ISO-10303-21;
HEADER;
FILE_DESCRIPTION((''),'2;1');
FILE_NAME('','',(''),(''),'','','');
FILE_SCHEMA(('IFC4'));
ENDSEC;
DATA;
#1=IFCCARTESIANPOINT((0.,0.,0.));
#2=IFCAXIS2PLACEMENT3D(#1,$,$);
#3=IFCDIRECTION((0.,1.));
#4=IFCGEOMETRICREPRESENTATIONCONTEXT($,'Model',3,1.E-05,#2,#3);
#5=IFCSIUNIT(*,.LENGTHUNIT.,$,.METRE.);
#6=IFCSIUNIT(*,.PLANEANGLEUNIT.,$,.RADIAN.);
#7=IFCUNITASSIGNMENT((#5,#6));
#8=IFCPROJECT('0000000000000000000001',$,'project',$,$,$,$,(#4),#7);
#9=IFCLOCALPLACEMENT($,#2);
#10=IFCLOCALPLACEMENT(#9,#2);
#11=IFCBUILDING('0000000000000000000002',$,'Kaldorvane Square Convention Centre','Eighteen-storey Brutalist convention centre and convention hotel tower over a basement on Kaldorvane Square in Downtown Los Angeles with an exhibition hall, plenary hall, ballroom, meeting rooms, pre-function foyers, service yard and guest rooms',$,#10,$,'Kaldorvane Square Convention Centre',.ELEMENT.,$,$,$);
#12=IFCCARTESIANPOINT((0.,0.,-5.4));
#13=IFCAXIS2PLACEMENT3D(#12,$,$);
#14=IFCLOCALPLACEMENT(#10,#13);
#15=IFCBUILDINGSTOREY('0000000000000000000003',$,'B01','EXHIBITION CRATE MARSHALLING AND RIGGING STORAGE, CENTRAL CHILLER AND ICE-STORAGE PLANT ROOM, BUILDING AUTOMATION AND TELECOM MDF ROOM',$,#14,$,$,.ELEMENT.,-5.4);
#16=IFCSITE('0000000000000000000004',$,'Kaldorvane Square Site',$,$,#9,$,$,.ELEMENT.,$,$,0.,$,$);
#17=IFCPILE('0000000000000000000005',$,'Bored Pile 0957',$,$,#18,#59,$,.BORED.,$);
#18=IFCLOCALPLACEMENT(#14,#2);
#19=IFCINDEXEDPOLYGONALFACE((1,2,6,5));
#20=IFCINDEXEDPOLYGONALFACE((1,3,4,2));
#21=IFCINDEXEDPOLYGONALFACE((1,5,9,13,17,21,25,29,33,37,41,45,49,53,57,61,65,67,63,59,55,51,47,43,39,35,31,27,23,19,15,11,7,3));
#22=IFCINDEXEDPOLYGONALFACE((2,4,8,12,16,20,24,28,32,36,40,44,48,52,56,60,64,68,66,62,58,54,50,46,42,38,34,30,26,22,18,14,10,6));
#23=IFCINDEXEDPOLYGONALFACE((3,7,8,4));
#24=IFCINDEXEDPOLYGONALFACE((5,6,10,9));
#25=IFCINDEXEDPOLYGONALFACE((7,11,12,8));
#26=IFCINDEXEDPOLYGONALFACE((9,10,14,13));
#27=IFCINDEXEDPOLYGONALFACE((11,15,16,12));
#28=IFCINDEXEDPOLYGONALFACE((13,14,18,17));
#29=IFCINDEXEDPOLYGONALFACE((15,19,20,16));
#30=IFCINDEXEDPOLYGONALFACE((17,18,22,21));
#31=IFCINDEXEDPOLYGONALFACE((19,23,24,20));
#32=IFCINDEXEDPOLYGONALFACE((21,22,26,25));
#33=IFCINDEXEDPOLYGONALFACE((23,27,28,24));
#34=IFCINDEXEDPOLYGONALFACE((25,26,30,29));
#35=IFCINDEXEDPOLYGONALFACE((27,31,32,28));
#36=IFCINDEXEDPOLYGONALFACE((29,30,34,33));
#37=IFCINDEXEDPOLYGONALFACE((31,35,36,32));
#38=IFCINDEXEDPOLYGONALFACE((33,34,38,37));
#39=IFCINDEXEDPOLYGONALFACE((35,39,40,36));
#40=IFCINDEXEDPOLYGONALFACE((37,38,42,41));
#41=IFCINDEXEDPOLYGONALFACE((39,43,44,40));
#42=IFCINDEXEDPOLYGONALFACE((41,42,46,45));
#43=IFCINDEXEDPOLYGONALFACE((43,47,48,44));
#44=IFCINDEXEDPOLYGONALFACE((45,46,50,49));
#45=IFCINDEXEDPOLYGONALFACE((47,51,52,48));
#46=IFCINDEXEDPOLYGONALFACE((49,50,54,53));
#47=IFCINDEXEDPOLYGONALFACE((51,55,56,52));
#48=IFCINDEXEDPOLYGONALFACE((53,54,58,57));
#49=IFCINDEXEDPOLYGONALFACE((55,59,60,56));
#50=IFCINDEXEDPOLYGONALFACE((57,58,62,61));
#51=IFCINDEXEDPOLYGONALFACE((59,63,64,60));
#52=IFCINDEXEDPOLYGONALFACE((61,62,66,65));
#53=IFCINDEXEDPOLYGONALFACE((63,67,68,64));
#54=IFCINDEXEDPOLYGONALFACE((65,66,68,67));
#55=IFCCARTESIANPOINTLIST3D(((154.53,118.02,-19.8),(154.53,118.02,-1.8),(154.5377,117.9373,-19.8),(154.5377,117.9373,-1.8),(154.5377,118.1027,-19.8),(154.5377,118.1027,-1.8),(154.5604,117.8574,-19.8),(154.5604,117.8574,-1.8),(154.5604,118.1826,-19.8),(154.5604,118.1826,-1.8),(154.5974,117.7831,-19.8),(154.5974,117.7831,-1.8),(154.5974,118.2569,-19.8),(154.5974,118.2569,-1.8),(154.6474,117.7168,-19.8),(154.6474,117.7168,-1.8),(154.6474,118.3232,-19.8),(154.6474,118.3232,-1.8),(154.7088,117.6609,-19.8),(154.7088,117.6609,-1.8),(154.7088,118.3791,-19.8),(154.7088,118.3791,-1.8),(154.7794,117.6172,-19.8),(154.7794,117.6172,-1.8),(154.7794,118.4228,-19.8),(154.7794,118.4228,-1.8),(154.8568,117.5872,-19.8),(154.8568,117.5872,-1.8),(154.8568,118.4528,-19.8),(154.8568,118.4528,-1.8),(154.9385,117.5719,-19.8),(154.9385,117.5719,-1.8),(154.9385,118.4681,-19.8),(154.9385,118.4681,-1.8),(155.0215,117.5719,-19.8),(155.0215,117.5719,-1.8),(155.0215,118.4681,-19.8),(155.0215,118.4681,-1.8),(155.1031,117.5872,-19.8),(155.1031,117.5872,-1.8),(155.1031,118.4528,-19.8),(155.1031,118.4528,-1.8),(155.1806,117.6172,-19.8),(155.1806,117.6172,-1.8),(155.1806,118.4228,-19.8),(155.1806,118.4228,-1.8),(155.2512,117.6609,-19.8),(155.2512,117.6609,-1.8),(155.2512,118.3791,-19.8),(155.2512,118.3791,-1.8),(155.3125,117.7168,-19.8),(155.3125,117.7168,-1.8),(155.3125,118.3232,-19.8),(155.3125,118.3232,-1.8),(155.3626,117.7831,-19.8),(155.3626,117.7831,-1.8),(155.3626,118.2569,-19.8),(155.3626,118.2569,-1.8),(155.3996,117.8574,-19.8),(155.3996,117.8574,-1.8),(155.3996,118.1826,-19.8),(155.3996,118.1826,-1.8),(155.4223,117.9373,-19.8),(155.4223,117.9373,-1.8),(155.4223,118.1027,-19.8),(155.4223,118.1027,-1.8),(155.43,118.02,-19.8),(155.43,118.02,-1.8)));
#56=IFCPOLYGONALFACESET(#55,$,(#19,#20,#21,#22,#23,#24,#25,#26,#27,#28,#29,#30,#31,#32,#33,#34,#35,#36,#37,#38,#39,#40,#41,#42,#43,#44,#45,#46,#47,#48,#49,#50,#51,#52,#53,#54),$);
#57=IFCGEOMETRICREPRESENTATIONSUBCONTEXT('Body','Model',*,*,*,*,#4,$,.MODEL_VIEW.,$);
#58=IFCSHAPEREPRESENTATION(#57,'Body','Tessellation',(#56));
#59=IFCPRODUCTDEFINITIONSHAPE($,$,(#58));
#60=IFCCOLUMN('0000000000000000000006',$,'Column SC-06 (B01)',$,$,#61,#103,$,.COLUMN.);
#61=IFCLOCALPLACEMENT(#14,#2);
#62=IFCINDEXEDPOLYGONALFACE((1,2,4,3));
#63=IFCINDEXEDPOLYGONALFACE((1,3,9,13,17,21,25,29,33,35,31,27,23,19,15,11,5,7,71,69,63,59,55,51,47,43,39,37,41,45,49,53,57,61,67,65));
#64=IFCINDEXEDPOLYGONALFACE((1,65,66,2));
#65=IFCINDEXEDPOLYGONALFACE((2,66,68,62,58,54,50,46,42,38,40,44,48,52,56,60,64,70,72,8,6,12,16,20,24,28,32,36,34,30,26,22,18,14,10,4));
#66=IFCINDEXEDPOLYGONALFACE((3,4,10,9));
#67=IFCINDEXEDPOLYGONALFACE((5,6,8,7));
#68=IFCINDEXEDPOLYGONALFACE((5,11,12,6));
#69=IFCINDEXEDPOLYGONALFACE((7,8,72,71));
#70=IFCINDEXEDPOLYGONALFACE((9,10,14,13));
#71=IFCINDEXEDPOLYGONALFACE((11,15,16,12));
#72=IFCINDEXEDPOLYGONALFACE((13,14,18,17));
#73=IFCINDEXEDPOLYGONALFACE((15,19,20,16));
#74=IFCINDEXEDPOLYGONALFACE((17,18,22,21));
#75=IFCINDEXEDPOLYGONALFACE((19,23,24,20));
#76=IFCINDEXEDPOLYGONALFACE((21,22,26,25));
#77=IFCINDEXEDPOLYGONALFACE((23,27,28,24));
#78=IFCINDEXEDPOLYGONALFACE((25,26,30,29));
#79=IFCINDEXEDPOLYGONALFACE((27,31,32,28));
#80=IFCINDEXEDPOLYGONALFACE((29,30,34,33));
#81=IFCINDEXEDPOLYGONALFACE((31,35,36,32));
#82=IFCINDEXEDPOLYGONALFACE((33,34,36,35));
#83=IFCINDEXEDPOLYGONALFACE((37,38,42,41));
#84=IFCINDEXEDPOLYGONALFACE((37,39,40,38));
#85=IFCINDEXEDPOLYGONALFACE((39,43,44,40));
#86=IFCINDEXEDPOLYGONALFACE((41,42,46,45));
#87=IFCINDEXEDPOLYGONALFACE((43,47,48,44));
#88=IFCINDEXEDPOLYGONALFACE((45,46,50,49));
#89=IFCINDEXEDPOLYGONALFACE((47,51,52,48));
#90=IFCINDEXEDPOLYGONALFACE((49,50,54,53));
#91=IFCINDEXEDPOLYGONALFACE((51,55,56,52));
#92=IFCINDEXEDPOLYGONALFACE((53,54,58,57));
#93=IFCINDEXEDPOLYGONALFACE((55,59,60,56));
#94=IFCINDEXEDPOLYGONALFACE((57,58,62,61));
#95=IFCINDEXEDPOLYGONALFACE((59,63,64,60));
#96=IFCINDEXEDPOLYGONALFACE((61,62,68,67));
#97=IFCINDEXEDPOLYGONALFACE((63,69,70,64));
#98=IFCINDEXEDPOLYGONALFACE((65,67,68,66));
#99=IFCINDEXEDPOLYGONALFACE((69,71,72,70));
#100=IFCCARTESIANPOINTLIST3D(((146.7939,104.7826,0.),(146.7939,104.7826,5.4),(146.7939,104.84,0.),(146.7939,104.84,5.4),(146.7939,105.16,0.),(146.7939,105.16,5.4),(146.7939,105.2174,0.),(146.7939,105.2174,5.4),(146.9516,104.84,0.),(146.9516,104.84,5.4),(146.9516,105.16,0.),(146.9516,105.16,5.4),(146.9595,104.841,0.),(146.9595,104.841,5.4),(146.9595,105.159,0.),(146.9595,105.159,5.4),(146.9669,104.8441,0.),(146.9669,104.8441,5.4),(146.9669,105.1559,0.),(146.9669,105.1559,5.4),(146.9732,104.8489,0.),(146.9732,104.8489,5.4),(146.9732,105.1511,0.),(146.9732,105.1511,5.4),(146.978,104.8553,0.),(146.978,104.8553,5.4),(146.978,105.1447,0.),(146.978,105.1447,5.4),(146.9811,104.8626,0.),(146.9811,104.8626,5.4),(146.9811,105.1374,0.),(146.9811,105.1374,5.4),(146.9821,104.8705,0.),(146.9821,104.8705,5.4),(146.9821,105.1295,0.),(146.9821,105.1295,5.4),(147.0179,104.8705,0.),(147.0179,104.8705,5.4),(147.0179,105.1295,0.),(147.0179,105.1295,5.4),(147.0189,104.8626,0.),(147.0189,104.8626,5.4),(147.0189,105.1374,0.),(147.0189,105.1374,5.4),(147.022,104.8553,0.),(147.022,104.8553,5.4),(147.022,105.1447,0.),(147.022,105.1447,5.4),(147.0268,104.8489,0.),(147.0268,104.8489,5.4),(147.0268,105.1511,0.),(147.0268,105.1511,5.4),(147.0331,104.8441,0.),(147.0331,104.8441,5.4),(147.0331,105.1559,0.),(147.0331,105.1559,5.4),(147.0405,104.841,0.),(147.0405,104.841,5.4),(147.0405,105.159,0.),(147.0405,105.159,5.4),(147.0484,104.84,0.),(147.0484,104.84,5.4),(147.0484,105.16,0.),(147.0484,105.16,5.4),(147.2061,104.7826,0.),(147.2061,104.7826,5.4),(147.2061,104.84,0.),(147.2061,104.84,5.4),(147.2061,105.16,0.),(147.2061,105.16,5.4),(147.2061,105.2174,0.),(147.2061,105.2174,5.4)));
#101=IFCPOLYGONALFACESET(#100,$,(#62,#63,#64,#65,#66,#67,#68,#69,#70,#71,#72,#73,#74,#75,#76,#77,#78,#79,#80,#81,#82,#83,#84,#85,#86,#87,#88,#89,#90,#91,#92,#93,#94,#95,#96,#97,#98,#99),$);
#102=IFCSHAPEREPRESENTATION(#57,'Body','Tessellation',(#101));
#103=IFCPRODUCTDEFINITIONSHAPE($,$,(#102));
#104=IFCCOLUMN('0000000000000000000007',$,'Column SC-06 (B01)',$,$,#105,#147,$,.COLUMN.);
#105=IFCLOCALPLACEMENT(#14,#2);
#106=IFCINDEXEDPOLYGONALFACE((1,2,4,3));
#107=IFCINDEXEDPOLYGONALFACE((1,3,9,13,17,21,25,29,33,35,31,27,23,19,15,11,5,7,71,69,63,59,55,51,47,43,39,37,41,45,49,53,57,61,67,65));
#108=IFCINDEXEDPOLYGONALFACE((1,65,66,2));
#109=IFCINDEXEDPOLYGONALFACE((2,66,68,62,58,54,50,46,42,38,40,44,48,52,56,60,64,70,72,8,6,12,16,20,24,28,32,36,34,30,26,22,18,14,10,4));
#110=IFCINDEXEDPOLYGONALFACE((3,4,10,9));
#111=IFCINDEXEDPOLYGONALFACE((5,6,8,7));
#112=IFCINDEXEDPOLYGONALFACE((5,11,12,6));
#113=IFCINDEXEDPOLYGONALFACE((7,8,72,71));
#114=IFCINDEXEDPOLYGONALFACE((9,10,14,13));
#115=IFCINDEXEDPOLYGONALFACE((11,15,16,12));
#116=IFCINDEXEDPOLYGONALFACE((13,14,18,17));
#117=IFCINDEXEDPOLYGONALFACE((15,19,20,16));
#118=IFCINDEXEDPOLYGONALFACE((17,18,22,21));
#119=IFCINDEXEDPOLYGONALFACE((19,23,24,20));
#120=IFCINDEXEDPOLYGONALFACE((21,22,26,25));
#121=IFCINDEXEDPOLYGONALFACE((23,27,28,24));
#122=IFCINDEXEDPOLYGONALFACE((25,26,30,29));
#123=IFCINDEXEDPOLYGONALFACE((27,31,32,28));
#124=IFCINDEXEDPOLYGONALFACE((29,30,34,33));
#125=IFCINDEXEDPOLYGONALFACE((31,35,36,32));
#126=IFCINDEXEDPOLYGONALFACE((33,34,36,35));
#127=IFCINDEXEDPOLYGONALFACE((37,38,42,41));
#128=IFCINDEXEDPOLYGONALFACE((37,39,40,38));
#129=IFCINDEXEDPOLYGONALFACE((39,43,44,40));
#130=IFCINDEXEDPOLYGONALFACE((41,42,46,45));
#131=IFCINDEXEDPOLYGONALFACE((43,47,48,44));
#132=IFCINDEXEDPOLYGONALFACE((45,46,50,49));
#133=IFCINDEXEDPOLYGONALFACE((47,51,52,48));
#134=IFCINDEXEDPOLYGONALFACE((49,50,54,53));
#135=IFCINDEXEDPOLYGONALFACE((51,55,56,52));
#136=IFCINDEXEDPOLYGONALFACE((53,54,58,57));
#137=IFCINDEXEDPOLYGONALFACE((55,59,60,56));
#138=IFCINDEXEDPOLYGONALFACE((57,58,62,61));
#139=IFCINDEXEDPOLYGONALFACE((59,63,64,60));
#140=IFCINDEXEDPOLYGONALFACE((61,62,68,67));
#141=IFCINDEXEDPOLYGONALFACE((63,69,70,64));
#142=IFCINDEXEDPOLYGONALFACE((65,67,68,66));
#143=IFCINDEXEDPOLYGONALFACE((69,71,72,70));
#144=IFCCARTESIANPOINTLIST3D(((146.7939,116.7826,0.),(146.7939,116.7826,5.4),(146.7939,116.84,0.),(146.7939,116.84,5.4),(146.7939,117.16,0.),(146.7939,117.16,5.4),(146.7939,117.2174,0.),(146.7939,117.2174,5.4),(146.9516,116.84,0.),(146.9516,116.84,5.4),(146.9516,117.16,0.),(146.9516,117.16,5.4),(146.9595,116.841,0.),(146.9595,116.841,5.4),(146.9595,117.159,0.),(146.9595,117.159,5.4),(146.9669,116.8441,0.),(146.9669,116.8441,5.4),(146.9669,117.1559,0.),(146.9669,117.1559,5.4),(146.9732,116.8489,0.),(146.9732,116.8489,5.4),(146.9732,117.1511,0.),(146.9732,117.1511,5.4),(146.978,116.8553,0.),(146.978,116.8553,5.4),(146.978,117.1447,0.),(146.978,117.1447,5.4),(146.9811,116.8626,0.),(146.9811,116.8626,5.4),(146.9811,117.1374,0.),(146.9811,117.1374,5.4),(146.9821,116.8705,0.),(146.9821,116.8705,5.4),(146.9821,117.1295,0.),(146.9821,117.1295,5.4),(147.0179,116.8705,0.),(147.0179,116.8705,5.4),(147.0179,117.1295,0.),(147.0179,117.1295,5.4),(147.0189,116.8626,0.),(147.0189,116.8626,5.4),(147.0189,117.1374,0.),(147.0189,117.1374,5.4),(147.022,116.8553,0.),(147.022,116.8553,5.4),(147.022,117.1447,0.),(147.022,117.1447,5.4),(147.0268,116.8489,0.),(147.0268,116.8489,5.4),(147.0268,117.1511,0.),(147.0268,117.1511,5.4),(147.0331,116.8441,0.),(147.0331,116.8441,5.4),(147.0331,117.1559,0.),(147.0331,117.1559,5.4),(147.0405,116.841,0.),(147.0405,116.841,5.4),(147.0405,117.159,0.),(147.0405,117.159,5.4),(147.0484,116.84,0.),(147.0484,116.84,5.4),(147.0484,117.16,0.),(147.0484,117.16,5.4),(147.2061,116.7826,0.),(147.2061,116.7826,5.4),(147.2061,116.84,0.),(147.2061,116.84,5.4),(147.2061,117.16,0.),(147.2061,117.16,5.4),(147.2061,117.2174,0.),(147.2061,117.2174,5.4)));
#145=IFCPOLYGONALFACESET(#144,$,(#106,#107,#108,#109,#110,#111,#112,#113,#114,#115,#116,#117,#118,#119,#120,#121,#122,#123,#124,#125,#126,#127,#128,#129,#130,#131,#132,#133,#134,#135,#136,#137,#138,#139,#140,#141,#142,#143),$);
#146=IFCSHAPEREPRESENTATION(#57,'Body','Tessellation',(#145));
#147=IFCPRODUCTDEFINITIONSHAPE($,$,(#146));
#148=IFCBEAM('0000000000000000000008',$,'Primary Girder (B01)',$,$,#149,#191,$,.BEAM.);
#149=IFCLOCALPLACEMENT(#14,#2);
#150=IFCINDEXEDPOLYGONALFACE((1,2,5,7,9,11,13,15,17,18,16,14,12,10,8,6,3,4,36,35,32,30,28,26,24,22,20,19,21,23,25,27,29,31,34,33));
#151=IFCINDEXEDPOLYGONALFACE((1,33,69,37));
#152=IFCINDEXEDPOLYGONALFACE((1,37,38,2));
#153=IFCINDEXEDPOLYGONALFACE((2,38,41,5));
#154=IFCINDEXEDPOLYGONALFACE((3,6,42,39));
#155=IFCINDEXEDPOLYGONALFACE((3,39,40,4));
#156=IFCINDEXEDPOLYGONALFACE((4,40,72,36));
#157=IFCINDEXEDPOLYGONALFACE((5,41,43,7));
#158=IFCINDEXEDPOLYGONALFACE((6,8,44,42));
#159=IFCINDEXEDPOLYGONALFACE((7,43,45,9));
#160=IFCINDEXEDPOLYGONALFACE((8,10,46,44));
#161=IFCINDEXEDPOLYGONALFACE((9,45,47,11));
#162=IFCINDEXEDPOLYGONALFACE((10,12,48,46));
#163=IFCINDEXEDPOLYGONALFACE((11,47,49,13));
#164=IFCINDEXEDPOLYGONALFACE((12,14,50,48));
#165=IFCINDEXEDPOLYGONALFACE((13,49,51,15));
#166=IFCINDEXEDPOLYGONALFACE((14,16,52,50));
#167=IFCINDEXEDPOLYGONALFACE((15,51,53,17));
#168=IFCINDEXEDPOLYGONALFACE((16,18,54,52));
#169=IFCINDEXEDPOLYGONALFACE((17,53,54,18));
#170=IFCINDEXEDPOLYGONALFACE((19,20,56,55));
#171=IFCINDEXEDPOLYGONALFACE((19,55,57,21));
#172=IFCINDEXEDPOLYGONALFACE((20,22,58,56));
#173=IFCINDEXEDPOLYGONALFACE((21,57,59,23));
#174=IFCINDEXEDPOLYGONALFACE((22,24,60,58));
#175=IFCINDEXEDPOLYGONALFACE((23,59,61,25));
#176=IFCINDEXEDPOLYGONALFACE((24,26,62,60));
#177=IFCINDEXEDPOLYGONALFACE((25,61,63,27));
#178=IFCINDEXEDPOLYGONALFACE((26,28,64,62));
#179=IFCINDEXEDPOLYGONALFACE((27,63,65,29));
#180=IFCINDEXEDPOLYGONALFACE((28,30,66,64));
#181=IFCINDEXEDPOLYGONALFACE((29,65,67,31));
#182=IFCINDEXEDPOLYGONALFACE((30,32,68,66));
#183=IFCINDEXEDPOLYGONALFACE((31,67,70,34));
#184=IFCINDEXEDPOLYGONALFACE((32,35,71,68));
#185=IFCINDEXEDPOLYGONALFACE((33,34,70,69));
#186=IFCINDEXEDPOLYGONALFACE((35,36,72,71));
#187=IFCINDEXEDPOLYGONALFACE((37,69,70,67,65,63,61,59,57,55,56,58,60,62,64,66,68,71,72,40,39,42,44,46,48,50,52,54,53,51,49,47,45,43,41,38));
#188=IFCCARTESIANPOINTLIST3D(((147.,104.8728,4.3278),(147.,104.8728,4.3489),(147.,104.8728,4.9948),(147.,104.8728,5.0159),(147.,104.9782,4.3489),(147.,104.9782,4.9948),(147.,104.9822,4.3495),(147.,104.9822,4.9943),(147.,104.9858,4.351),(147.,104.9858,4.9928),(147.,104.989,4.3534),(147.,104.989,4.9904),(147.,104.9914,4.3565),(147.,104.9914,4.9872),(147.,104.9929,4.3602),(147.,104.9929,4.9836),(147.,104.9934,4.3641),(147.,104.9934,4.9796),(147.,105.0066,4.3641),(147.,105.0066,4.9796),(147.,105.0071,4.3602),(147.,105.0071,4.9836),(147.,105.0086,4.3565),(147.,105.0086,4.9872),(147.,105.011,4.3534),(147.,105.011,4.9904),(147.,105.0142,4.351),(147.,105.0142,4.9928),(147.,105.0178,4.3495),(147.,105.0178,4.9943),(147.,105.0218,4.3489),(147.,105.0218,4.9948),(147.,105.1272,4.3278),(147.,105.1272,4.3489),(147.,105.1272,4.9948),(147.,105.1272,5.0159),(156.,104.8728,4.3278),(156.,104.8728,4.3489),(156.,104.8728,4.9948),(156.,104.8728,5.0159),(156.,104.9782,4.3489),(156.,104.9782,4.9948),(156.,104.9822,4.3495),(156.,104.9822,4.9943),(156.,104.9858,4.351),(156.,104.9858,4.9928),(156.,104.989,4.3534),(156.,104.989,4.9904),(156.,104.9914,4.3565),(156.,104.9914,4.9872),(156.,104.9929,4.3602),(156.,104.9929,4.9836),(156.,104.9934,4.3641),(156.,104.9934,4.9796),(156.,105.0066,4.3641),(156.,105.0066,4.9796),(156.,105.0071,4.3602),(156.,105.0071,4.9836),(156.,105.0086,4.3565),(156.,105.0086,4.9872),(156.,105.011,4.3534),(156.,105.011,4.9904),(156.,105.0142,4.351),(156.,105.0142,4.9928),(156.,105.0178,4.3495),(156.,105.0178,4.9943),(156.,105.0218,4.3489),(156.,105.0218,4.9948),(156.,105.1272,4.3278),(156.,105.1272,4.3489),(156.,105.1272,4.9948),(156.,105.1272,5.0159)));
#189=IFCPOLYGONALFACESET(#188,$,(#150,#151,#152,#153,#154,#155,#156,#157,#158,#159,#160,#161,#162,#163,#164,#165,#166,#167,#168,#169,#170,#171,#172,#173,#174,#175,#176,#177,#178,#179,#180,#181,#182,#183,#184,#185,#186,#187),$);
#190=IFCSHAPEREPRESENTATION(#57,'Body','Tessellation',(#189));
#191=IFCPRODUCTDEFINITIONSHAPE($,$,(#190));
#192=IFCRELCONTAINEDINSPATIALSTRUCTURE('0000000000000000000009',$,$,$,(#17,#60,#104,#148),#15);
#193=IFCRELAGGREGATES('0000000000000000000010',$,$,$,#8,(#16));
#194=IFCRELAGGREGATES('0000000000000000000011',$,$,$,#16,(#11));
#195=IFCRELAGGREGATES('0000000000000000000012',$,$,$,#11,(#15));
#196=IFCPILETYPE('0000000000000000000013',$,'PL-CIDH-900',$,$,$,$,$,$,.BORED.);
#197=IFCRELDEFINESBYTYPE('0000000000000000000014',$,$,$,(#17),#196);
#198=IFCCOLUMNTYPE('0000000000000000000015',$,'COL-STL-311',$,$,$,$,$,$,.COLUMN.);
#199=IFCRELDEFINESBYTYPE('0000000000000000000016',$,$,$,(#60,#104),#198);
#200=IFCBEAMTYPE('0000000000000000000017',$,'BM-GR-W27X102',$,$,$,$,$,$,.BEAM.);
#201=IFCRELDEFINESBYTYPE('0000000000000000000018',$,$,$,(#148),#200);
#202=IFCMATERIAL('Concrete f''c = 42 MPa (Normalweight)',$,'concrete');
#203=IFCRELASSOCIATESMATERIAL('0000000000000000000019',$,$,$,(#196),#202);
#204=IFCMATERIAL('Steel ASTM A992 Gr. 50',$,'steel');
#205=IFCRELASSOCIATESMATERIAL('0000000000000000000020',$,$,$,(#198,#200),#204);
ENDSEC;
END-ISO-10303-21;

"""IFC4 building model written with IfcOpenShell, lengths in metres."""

from ifc_helpers import new_model, si_unit, direction, frame, origin, origin_2d, place, context, subcontext, project, spatial, circle, i_section, extrude, material, material_profile, profile_set, type_object, element, save


model = new_model("IFC4")

# Units and contexts
model_context = context("Model", 3, precision=1e-05, world=origin(), true_north=direction((0.0, 1.0)))
body_context = subcontext(model_context, "Body", "Model", "MODEL_VIEW")
ifc_project = project(units=[si_unit("LENGTHUNIT", "METRE"), si_unit("PLANEANGLEUNIT", "RADIAN")], contexts=[model_context])

# Site, building, storey
site_placement = place(None, origin())
site = spatial("IfcSite", under=ifc_project, at=site_placement, Name="Kaldorvane Square Site", CompositionType="ELEMENT", RefElevation=0.0)
building_placement = place(site_placement, origin())
building = spatial("IfcBuilding", under=site, at=building_placement, Name="Kaldorvane Square Convention Centre", Description="Eighteen-storey Brutalist convention centre and convention hotel tower over a basement on Kaldorvane Square in Downtown Los Angeles with an exhibition hall, plenary hall, ballroom, meeting rooms, pre-function foyers, service yard and guest rooms", LongName="Kaldorvane Square Convention Centre", CompositionType="ELEMENT")
storey_placement = place(building_placement, frame((0.0, 0.0, -5.4)))
storey = spatial("IfcBuildingStorey", under=building, at=storey_placement, Name="B01", Description="EXHIBITION CRATE MARSHALLING AND RIGGING STORAGE, CENTRAL CHILLER AND ICE-STORAGE PLANT ROOM, BUILDING AUTOMATION AND TELECOM MDF ROOM", CompositionType="ELEMENT", Elevation=-5.4)

# Shared definitions
ifc_material_1 = material(Name="Concrete f'c = 42 MPa (Normalweight)", Category="concrete")

# Pile
ifc_material_profile_1 = material_profile(ifc_material_1, circle(Radius=0.45, at=origin_2d()), Name="PILE-D900")
ifc_profile_set_1 = profile_set([ifc_material_profile_1], Name="Concrete f'c = 42 MPa (Normalweight)")
pile_type = type_object("IfcPileType", Name="PL-CIDH-900", PredefinedType="BORED", material=ifc_profile_set_1)
for number, where, z_axis, x_axis, name in (
    (1, (154.98, 118.02, -1.8), (0.0, 0.0, -1.0), (1.0, 0.0, 0.0), "Bored Pile 0957"),
):
    element("IfcPile", number, at=place(storey_placement, frame(where, z_axis=z_axis, x_axis=x_axis)), inside=storey, type_object=pile_type, Name=name, PredefinedType="BORED", context=body_context, shape_type="SweptSolid", body=[
        extrude(circle(Radius=0.45, at=origin_2d()), origin(), (0.0, 0.0, 1.0), 18.0),
    ])

# Columns
ifc_material_2 = material(Name="Steel ASTM A992 Gr. 50", Category="steel")
ifc_material_profile_2 = material_profile(ifc_material_2, i_section(OverallWidth=0.4122, OverallDepth=0.4348, WebThickness=0.0358, FlangeThickness=0.0574, FilletRadius=0.0305, at=origin_2d()), Name="W14X311")
ifc_profile_set_2 = profile_set([ifc_material_profile_2], Name="Steel ASTM A992 Gr. 50")
column_type = type_object("IfcColumnType", Name="COL-STL-311", PredefinedType="COLUMN", material=ifc_profile_set_2)
for number, where, z_axis, x_axis, name in (
    (2, (147.0, 105.0, 0.0), (0.0, 0.0, 1.0), (1.0, 0.0, 0.0), "Column SC-06 (B01)"),
    (3, (147.0, 117.0, 0.0), (0.0, 0.0, 1.0), (1.0, 0.0, 0.0), "Column SC-06 (B01)"),
):
    element("IfcColumn", number, at=place(storey_placement, frame(where, z_axis=z_axis, x_axis=x_axis)), inside=storey, type_object=column_type, Name=name, PredefinedType="COLUMN", context=body_context, shape_type="SweptSolid", body=[
        extrude(i_section(OverallWidth=0.4122, OverallDepth=0.4348, WebThickness=0.0358, FlangeThickness=0.0574, FilletRadius=0.0305, at=origin_2d()), origin(), (0.0, 0.0, 1.0), 5.4),
    ])

# Beam
ifc_material_profile_3 = material_profile(ifc_material_2, i_section(OverallWidth=0.2544, OverallDepth=0.6881, WebThickness=0.0131, FlangeThickness=0.0211, FilletRadius=0.0152, at=origin_2d()), Name="W27X102")
ifc_profile_set_3 = profile_set([ifc_material_profile_3], Name="Steel ASTM A992 Gr. 50")
beam_type_1 = type_object("IfcBeamType", Name="BM-GR-W27X102", PredefinedType="BEAM", material=ifc_profile_set_3)
beam_1_placement = place(storey_placement, frame((147.0, 105.0, 4.6719), z_axis=(1.0, 0.0, 0.0), x_axis=(0.0, 1.0, 0.0)))
element("IfcBeam", 4, at=beam_1_placement, inside=storey, type_object=beam_type_1, Name="Primary Girder (B01)", PredefinedType="BEAM", context=body_context, shape_type="SweptSolid", body=[
    extrude(i_section(OverallWidth=0.2544, OverallDepth=0.6881, WebThickness=0.0131, FlangeThickness=0.0211, FilletRadius=0.0152, at=origin_2d()), origin(), (0.0, 0.0, 1.0), 9.0),
])

save(model, "model.ifc")
